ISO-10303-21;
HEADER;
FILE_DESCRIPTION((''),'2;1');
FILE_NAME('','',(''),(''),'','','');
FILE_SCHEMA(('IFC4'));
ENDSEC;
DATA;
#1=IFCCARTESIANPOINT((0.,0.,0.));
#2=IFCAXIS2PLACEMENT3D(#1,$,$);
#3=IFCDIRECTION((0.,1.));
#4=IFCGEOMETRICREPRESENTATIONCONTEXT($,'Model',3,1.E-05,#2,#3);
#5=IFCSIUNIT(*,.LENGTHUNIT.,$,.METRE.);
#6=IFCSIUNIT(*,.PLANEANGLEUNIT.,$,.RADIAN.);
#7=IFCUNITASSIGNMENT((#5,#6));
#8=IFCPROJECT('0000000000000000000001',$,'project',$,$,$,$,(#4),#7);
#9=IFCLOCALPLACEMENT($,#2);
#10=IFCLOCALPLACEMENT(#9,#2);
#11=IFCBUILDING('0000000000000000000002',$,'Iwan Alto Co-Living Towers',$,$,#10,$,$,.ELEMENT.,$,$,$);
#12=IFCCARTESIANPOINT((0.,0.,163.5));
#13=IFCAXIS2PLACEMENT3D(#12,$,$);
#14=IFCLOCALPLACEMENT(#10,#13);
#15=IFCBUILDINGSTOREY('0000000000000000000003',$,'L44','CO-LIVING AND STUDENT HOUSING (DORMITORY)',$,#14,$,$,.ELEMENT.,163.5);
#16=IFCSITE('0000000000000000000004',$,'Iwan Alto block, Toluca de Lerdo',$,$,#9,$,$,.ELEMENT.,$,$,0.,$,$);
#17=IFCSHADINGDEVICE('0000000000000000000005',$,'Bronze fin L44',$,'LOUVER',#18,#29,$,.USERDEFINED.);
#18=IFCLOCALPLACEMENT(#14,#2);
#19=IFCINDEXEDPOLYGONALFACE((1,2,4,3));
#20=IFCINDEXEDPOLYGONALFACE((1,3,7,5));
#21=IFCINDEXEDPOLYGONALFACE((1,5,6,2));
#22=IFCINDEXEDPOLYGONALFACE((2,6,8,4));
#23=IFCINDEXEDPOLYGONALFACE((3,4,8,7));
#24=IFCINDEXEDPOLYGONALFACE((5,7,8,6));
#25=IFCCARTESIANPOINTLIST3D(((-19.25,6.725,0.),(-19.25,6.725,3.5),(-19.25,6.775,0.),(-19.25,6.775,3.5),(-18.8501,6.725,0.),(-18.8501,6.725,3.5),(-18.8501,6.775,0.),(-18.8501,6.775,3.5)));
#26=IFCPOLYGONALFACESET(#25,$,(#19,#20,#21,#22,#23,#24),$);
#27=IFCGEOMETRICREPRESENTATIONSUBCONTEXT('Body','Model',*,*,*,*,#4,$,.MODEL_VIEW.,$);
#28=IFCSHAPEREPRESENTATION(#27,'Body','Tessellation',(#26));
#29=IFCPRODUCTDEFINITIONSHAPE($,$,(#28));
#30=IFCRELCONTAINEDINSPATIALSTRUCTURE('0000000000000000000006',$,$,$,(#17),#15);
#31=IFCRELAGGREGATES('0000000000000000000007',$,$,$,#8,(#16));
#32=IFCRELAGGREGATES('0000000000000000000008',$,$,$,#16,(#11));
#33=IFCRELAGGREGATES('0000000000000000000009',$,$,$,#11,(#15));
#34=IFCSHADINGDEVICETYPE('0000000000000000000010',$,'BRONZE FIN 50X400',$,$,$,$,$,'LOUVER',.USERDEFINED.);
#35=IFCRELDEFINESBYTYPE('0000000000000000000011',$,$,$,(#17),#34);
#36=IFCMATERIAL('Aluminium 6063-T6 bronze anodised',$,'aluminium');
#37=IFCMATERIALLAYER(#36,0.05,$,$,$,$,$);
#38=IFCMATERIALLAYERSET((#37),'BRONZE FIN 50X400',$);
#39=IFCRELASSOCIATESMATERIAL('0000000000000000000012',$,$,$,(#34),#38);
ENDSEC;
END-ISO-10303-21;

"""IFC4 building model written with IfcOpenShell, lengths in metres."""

from ifc_helpers import new_model, si_unit, direction, frame, origin, origin_2d, place, context, subcontext, project, spatial, rectangle, extrude, material, layer, layer_set, type_object, element, save


model = new_model("IFC4")

# Units and contexts
model_context = context("Model", 3, precision=1e-05, world=origin(), true_north=direction((0.0, 1.0)))
body_context = subcontext(model_context, "Body", "Model", "MODEL_VIEW")
ifc_project = project(units=[si_unit("LENGTHUNIT", "METRE"), si_unit("PLANEANGLEUNIT", "RADIAN")], contexts=[model_context])

# Site, building, storey
site_placement = place(None, origin())
site = spatial("IfcSite", under=ifc_project, at=site_placement, Name="Iwan Alto block, Toluca de Lerdo", CompositionType="ELEMENT", RefElevation=0.0)
building_placement = place(site_placement, origin())
building = spatial("IfcBuilding", under=site, at=building_placement, Name="Iwan Alto Co-Living Towers", CompositionType="ELEMENT")
storey_placement = place(building_placement, frame((0.0, 0.0, 163.5)))
storey = spatial("IfcBuildingStorey", under=building, at=storey_placement, Name="L44", Description="CO-LIVING AND STUDENT HOUSING (DORMITORY)", CompositionType="ELEMENT", Elevation=163.5)

# Shading device
ifc_material_1 = material(Name="Aluminium 6063-T6 bronze anodised", Category="aluminium")
ifc_layer_1 = layer(ifc_material_1, 0.05)
ifc_layer_set_1 = layer_set([ifc_layer_1], Name="BRONZE FIN 50X400")
shading_device_type = type_object("IfcShadingDeviceType", Name="BRONZE FIN 50X400", ElementType="LOUVER", PredefinedType="USERDEFINED", material=ifc_layer_set_1)
shading_device_placement = place(storey_placement, frame((-19.05, 6.75, 0.0), z_axis=(0.0, 0.0, 1.0), x_axis=(0.0, -1.0, 0.0)))
element("IfcShadingDevice", 1, at=shading_device_placement, inside=storey, type_object=shading_device_type, Name="Bronze fin L44", ObjectType="LOUVER", PredefinedType="USERDEFINED", context=body_context, shape_type="SweptSolid", body=[
    extrude(rectangle(XDim=0.05, YDim=0.3999, at=origin_2d()), origin(), (0.0, 0.0, 1.0), 3.5),
])

save(model, "model.ifc")
